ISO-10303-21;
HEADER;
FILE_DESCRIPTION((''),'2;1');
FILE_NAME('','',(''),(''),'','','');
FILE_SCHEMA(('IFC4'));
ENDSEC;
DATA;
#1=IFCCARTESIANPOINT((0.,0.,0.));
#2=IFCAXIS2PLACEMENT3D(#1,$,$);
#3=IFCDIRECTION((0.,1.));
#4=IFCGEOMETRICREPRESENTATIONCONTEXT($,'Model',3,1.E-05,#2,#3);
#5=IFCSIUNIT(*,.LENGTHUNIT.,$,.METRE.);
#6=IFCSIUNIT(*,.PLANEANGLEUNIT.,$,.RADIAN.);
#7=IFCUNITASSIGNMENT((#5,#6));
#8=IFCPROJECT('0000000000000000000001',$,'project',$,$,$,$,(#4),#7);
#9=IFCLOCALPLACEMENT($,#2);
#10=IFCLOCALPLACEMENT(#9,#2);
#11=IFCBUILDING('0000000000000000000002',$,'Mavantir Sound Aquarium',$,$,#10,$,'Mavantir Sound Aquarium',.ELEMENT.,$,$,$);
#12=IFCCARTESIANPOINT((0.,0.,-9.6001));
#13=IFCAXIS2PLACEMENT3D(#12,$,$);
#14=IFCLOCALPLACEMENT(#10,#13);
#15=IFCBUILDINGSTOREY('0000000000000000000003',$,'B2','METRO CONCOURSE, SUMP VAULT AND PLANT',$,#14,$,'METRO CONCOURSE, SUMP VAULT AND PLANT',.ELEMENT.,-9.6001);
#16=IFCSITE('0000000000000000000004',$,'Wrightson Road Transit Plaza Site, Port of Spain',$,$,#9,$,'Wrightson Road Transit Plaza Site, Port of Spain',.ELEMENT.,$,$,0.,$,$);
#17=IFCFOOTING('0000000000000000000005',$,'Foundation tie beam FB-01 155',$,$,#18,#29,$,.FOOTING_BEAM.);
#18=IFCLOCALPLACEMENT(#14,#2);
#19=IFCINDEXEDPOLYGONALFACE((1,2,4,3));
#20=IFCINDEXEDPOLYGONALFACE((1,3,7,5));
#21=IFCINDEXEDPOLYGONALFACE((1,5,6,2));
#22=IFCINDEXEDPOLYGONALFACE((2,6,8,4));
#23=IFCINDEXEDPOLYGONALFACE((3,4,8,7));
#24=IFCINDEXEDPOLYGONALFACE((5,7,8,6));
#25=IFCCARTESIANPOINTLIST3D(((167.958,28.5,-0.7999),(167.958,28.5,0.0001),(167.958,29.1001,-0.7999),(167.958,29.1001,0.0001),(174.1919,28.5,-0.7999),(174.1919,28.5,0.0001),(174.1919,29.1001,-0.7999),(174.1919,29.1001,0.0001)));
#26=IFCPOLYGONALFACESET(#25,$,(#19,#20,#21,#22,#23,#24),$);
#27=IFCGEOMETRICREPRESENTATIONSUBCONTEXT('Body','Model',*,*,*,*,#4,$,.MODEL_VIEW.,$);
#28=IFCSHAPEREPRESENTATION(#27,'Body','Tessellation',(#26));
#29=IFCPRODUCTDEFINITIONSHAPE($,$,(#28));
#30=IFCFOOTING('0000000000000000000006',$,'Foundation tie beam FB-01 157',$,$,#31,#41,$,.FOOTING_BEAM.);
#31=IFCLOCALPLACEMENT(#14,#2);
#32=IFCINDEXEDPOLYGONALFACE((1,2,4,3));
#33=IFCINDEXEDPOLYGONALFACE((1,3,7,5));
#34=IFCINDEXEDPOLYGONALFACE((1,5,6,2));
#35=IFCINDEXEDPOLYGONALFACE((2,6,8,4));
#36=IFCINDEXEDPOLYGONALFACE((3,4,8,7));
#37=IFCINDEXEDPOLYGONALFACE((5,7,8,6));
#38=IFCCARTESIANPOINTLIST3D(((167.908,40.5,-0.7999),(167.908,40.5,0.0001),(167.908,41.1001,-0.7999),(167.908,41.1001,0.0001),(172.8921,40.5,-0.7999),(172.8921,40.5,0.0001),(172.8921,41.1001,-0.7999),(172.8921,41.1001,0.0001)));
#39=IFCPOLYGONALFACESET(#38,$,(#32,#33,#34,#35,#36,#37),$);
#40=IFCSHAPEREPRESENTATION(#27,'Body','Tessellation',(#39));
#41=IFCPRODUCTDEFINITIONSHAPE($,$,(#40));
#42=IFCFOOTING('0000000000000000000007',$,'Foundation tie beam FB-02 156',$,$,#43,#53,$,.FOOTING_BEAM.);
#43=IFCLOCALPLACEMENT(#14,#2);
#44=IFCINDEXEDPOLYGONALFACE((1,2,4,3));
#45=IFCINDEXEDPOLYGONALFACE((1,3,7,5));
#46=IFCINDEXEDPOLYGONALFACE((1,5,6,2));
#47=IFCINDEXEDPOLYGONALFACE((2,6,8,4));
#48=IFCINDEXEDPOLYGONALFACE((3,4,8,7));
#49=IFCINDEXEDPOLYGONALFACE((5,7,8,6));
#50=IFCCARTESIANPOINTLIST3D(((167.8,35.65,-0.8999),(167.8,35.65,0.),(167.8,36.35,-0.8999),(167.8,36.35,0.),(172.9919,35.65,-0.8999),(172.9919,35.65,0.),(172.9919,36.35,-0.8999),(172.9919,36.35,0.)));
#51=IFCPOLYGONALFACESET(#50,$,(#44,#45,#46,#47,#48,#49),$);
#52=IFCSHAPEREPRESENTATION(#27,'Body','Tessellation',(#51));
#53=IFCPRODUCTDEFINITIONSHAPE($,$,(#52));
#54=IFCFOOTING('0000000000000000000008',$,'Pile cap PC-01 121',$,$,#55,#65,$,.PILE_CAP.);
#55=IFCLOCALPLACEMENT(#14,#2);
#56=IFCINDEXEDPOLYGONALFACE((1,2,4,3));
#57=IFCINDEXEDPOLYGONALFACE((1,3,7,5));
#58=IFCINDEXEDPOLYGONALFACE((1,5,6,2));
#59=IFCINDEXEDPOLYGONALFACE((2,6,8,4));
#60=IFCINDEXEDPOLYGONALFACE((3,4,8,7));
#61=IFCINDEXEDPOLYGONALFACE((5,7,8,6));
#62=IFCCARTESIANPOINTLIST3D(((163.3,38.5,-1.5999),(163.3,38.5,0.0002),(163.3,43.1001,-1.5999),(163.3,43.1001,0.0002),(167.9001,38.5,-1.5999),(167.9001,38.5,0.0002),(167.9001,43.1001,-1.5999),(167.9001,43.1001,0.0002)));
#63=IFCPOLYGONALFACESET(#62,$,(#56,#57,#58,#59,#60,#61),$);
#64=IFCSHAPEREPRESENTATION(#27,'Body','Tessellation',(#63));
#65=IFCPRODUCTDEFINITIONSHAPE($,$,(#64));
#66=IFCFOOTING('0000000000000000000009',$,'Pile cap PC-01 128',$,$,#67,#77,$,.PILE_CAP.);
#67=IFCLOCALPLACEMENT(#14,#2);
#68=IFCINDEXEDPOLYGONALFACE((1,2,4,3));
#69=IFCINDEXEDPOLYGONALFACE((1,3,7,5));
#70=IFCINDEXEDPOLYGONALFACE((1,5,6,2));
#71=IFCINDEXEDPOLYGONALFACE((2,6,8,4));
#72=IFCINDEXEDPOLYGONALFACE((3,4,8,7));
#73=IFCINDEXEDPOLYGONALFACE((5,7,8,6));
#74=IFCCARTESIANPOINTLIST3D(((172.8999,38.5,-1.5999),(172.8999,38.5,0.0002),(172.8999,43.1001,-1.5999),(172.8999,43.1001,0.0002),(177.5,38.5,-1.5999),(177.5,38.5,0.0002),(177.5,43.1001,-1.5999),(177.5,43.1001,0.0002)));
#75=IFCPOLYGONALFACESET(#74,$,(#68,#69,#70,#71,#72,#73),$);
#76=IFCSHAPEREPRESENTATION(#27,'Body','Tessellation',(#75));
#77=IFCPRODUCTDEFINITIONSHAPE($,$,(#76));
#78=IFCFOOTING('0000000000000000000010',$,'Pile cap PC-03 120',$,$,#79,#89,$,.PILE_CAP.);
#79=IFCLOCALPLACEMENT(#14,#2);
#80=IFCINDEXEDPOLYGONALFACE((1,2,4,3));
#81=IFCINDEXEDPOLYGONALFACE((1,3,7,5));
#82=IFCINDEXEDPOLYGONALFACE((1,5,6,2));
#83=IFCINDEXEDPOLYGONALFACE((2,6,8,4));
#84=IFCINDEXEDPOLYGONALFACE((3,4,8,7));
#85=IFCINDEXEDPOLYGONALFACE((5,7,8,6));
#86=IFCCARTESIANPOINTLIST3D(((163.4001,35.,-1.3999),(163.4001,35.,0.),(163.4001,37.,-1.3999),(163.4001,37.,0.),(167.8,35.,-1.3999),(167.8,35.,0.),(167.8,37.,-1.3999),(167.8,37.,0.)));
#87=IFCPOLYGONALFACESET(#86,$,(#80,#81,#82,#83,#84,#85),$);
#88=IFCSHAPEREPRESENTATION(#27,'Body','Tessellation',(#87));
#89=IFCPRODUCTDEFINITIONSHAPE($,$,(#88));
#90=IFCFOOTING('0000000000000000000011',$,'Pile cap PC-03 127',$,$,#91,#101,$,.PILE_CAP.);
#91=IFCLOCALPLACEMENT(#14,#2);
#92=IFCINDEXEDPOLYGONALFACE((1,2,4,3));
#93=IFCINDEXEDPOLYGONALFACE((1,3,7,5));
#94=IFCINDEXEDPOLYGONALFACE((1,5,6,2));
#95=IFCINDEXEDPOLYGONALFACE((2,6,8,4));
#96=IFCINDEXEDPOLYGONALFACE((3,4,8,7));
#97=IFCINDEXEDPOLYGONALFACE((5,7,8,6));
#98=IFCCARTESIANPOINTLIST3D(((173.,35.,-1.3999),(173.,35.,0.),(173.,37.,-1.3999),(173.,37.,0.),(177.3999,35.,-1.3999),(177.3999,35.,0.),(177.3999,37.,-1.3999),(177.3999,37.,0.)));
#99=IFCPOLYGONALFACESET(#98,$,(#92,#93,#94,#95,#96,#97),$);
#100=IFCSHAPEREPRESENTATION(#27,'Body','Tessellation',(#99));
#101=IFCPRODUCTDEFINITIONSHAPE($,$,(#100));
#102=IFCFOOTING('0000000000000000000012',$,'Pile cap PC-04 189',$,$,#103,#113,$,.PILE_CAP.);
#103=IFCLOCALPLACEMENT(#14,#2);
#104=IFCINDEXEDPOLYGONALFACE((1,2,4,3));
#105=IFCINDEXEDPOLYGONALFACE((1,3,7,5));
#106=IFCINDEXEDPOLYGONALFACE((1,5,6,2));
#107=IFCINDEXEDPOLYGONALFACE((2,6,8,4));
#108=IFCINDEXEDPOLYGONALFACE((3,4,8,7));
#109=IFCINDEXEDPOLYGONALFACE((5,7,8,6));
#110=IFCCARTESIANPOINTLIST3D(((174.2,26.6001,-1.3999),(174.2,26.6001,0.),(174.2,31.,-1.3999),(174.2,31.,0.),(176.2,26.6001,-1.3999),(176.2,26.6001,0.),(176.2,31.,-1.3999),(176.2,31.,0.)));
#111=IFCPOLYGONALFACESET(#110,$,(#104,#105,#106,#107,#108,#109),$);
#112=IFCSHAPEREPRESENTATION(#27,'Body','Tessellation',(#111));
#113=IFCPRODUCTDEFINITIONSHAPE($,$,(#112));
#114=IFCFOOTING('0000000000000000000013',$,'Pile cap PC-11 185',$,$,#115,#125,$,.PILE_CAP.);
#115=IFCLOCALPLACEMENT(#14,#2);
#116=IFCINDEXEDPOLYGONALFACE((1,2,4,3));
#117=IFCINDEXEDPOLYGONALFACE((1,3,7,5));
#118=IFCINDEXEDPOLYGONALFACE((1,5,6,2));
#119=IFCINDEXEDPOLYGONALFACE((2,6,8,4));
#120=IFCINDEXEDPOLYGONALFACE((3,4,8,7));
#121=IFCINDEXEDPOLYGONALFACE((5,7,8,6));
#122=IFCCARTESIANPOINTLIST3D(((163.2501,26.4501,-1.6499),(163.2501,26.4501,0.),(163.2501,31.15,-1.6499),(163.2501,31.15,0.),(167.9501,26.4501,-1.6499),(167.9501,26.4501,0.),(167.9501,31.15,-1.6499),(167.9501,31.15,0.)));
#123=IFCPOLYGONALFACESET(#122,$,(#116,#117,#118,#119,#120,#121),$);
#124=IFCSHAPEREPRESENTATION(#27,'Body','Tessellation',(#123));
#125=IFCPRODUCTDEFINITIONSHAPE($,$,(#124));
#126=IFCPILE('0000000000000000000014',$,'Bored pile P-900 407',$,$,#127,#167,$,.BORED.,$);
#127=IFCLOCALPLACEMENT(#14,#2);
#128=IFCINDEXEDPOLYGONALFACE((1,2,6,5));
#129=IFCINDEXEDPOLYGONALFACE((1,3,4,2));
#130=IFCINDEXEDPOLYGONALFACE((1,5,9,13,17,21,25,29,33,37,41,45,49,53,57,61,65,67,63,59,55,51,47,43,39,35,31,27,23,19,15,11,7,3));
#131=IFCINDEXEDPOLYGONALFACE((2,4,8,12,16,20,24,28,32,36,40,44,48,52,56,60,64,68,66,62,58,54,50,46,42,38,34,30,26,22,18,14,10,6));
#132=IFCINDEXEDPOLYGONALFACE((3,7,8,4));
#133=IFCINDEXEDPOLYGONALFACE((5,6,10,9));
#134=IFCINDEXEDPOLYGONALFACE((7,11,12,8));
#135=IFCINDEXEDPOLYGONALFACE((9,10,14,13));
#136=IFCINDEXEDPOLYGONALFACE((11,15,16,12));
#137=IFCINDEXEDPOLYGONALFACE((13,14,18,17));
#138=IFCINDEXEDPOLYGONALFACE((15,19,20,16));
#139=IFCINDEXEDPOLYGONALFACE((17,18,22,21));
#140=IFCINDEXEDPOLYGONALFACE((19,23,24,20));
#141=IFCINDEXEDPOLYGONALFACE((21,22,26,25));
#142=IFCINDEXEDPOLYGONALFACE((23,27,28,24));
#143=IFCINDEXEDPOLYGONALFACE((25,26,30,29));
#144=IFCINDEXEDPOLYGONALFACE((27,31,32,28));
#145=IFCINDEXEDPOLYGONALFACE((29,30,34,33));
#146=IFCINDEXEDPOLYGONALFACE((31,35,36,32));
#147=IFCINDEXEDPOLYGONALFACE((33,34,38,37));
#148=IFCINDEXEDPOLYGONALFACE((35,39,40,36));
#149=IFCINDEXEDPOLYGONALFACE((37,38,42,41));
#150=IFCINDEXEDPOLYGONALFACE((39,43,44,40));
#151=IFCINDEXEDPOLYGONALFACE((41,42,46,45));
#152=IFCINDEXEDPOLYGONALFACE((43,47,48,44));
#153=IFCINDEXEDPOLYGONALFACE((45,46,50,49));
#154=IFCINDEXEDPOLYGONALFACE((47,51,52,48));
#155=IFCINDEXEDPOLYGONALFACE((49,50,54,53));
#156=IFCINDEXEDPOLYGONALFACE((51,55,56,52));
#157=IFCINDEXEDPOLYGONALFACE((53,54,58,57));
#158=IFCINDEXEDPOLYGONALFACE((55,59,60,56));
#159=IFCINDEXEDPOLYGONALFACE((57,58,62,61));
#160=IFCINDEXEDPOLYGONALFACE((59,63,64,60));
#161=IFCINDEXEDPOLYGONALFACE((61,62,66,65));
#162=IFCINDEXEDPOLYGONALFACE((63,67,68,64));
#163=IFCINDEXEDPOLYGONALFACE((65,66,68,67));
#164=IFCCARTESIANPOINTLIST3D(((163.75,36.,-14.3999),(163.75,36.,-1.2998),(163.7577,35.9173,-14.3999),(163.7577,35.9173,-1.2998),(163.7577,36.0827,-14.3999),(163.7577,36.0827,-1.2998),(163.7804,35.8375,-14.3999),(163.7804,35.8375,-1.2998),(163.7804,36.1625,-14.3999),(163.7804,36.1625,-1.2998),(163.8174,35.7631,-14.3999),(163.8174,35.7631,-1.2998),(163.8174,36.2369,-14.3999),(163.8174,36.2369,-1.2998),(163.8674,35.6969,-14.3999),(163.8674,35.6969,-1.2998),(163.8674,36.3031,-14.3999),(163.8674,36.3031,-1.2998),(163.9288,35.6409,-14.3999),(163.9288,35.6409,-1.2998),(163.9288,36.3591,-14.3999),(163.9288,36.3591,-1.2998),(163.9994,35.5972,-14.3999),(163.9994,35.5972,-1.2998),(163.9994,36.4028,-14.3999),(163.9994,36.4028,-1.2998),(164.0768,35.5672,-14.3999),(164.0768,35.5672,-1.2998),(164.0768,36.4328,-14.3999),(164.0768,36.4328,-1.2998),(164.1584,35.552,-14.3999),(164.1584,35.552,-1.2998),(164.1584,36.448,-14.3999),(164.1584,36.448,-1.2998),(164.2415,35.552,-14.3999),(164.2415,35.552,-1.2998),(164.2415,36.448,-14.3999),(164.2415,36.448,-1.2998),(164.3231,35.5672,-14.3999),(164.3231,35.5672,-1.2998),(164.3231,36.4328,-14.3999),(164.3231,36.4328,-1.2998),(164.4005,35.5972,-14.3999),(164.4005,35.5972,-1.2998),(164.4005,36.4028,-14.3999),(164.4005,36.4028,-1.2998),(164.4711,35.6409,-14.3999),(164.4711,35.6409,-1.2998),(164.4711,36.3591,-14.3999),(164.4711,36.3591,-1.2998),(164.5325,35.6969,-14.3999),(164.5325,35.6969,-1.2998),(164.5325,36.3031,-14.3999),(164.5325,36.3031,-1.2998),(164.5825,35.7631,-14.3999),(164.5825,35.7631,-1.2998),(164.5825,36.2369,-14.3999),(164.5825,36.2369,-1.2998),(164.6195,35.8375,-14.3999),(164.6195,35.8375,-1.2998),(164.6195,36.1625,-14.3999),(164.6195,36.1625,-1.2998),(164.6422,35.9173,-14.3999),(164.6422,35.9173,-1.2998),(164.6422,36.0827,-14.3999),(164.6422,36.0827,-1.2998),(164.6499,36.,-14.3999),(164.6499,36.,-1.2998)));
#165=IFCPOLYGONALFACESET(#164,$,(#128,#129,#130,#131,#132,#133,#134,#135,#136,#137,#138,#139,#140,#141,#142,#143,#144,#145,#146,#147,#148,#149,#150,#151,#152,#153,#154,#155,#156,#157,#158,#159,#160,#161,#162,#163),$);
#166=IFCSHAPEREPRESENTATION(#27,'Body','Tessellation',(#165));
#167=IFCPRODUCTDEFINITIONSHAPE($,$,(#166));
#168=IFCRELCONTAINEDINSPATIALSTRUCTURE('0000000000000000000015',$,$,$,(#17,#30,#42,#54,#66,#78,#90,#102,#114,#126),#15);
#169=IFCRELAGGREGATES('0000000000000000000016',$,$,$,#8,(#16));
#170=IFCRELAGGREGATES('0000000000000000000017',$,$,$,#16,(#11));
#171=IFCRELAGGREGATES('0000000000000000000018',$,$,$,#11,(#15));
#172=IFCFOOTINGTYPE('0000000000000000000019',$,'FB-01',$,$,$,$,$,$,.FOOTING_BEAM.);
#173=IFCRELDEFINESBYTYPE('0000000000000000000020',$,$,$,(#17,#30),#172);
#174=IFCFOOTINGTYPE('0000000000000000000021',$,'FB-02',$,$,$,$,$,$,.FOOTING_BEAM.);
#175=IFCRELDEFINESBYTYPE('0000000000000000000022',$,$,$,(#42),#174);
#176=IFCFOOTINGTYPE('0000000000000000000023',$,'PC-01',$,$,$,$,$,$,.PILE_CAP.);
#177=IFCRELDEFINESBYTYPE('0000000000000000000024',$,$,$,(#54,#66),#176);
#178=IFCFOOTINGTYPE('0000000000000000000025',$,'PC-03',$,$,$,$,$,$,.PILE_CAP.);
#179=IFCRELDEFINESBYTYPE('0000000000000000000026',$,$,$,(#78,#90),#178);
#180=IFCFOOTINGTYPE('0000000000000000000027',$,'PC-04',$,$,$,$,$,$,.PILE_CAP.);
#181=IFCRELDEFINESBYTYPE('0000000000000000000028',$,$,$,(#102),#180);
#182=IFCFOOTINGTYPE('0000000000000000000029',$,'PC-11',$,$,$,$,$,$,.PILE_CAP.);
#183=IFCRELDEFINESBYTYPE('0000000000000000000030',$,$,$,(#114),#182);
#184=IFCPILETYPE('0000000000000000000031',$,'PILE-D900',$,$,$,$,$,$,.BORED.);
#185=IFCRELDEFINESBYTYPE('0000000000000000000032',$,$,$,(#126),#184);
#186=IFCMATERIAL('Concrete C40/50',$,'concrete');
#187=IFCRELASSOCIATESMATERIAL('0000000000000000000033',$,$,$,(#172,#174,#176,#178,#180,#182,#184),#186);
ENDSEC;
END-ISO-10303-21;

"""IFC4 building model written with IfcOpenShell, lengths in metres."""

from ifc_helpers import new_model, si_unit, direction, frame, origin, origin_2d, place, context, subcontext, project, spatial, rectangle, circle, extrude, material, material_profile, profile_set, type_object, element, save


model = new_model("IFC4")

# Units and contexts
model_context = context("Model", 3, precision=1e-05, world=origin(), true_north=direction((0.0, 1.0)))
body_context = subcontext(model_context, "Body", "Model", "MODEL_VIEW")
ifc_project = project(units=[si_unit("LENGTHUNIT", "METRE"), si_unit("PLANEANGLEUNIT", "RADIAN")], contexts=[model_context])

# Site, building, storey
site_placement = place(None, origin())
site = spatial("IfcSite", under=ifc_project, at=site_placement, Name="Wrightson Road Transit Plaza Site, Port of Spain", LongName="Wrightson Road Transit Plaza Site, Port of Spain", CompositionType="ELEMENT", RefElevation=0.0)
building_placement = place(site_placement, origin())
building = spatial("IfcBuilding", under=site, at=building_placement, Name="Mavantir Sound Aquarium", LongName="Mavantir Sound Aquarium", CompositionType="ELEMENT")
storey_placement = place(building_placement, frame((0.0, 0.0, -9.6001)))
storey = spatial("IfcBuildingStorey", under=building, at=storey_placement, Name="B2", Description="METRO CONCOURSE, SUMP VAULT AND PLANT", LongName="METRO CONCOURSE, SUMP VAULT AND PLANT", CompositionType="ELEMENT", Elevation=-9.6001)

# Footings
ifc_material_1 = material(Name="Concrete C40/50", Category="concrete")
ifc_material_profile_1 = material_profile(ifc_material_1, rectangle(XDim=0.6001, YDim=0.8, at=origin_2d()), Name="RC 600X800")
ifc_profile_set_1 = profile_set([ifc_material_profile_1], Name="Concrete C40/50")
footing_type_1 = type_object("IfcFootingType", Name="FB-01", PredefinedType="FOOTING_BEAM", material=ifc_profile_set_1)
footing_1_placement = place(storey_placement, frame((167.958, 28.8, -0.3999), z_axis=(1.0, 0.0, 0.0), x_axis=(0.0, 1.0, 0.0)))
element("IfcFooting", 1, at=footing_1_placement, inside=storey, type_object=footing_type_1, Name="Foundation tie beam FB-01 155", PredefinedType="FOOTING_BEAM", context=body_context, shape_type="SweptSolid", body=[
    extrude(rectangle(XDim=0.6001, YDim=0.8, at=origin_2d()), origin(), (0.0, 0.0, 1.0), 6.2339),
])
footing_2_placement = place(storey_placement, frame((167.908, 40.8, -0.3999), z_axis=(1.0, 0.0, 0.0), x_axis=(0.0, 1.0, 0.0)))
element("IfcFooting", 2, at=footing_2_placement, inside=storey, type_object=footing_type_1, Name="Foundation tie beam FB-01 157", PredefinedType="FOOTING_BEAM", context=body_context, shape_type="SweptSolid", body=[
    extrude(rectangle(XDim=0.6001, YDim=0.8, at=origin_2d()), origin(), (0.0, 0.0, 1.0), 4.9841),
])
ifc_material_profile_2 = material_profile(ifc_material_1, rectangle(XDim=0.7, YDim=0.8999, at=origin_2d()), Name="RC 700X900")
ifc_profile_set_2 = profile_set([ifc_material_profile_2], Name="Concrete C40/50")
footing_type_2 = type_object("IfcFootingType", Name="FB-02", PredefinedType="FOOTING_BEAM", material=ifc_profile_set_2)
footing_3_placement = place(storey_placement, frame((167.8, 36.0, -0.45), z_axis=(1.0, 0.0, 0.0), x_axis=(0.0, 1.0, 0.0)))
element("IfcFooting", 3, at=footing_3_placement, inside=storey, type_object=footing_type_2, Name="Foundation tie beam FB-02 156", PredefinedType="FOOTING_BEAM", context=body_context, shape_type="SweptSolid", body=[
    extrude(rectangle(XDim=0.7, YDim=0.8999, at=origin_2d()), origin(), (0.0, 0.0, 1.0), 5.1919),
])
footing_type_3 = type_object("IfcFootingType", Name="PC-01", PredefinedType="PILE_CAP", material=ifc_material_1)
for number, where, z_axis, x_axis, name in (
    (4, (165.6001, 40.8, -1.5999), (0.0, 0.0, 1.0), (1.0, 0.0, 0.0), "Pile cap PC-01 121"),
    (5, (175.2, 40.8, -1.5999), (0.0, 0.0, 1.0), (1.0, 0.0, 0.0), "Pile cap PC-01 128"),
):
    element("IfcFooting", number, at=place(storey_placement, frame(where, z_axis=z_axis, x_axis=x_axis)), inside=storey, type_object=footing_type_3, Name=name, PredefinedType="PILE_CAP", context=body_context, shape_type="SweptSolid", body=[
        extrude(rectangle(XDim=4.6001, YDim=4.6001, at=origin_2d()), origin(), (0.0, 0.0, 1.0), 1.6001),
    ])
footing_type_4 = type_object("IfcFootingType", Name="PC-03", PredefinedType="PILE_CAP", material=ifc_material_1)
for number, where, z_axis, x_axis, name in (
    (6, (165.6001, 36.0, -1.3999), (0.0, 0.0, 1.0), (1.0, 0.0, 0.0), "Pile cap PC-03 120"),
    (7, (175.2, 36.0, -1.3999), (0.0, 0.0, 1.0), (1.0, 0.0, 0.0), "Pile cap PC-03 127"),
):
    element("IfcFooting", number, at=place(storey_placement, frame(where, z_axis=z_axis, x_axis=x_axis)), inside=storey, type_object=footing_type_4, Name=name, PredefinedType="PILE_CAP", context=body_context, shape_type="SweptSolid", body=[
        extrude(rectangle(XDim=4.3999, YDim=2.0, at=origin_2d()), origin(), (0.0, 0.0, 1.0), 1.3999),
    ])
footing_type_5 = type_object("IfcFootingType", Name="PC-04", PredefinedType="PILE_CAP", material=ifc_material_1)
footing_4_placement = place(storey_placement, frame((175.2, 28.8, -1.3999), z_axis=(0.0, 0.0, 1.0), x_axis=(1.0, 0.0, 0.0)))
element("IfcFooting", 8, at=footing_4_placement, inside=storey, type_object=footing_type_5, Name="Pile cap PC-04 189", PredefinedType="PILE_CAP", context=body_context, shape_type="SweptSolid", body=[
    extrude(rectangle(XDim=2.0, YDim=4.3999, at=origin_2d()), origin(), (0.0, 0.0, 1.0), 1.3999),
])
footing_type_6 = type_object("IfcFootingType", Name="PC-11", PredefinedType="PILE_CAP", material=ifc_material_1)
footing_5_placement = place(storey_placement, frame((165.6001, 28.8, -1.6499), z_axis=(0.0, 0.0, 1.0), x_axis=(1.0, 0.0, 0.0)))
element("IfcFooting", 9, at=footing_5_placement, inside=storey, type_object=footing_type_6, Name="Pile cap PC-11 185", PredefinedType="PILE_CAP", context=body_context, shape_type="SweptSolid", body=[
    extrude(rectangle(XDim=4.7, YDim=4.7, at=origin_2d()), origin(), (0.0, 0.0, 1.0), 1.6499),
])

# Pile
ifc_material_profile_3 = material_profile(ifc_material_1, circle(Radius=0.45, at=origin_2d()), Name="PILE D900")
ifc_profile_set_3 = profile_set([ifc_material_profile_3], Name="Concrete C40/50")
pile_type = type_object("IfcPileType", Name="PILE-D900", PredefinedType="BORED", material=ifc_profile_set_3)
for number, where, z_axis, x_axis, name in (
    (10, (164.2, 36.0, -1.2998), (0.0, 0.0, -1.0), (1.0, 0.0, 0.0), "Bored pile P-900 407"),
):
    element("IfcPile", number, at=place(storey_placement, frame(where, z_axis=z_axis, x_axis=x_axis)), inside=storey, type_object=pile_type, Name=name, PredefinedType="BORED", context=body_context, shape_type="SweptSolid", body=[
        extrude(circle(Radius=0.45, at=origin_2d()), origin(), (0.0, 0.0, 1.0), 13.1001),
    ])

save(model, "model.ifc")
